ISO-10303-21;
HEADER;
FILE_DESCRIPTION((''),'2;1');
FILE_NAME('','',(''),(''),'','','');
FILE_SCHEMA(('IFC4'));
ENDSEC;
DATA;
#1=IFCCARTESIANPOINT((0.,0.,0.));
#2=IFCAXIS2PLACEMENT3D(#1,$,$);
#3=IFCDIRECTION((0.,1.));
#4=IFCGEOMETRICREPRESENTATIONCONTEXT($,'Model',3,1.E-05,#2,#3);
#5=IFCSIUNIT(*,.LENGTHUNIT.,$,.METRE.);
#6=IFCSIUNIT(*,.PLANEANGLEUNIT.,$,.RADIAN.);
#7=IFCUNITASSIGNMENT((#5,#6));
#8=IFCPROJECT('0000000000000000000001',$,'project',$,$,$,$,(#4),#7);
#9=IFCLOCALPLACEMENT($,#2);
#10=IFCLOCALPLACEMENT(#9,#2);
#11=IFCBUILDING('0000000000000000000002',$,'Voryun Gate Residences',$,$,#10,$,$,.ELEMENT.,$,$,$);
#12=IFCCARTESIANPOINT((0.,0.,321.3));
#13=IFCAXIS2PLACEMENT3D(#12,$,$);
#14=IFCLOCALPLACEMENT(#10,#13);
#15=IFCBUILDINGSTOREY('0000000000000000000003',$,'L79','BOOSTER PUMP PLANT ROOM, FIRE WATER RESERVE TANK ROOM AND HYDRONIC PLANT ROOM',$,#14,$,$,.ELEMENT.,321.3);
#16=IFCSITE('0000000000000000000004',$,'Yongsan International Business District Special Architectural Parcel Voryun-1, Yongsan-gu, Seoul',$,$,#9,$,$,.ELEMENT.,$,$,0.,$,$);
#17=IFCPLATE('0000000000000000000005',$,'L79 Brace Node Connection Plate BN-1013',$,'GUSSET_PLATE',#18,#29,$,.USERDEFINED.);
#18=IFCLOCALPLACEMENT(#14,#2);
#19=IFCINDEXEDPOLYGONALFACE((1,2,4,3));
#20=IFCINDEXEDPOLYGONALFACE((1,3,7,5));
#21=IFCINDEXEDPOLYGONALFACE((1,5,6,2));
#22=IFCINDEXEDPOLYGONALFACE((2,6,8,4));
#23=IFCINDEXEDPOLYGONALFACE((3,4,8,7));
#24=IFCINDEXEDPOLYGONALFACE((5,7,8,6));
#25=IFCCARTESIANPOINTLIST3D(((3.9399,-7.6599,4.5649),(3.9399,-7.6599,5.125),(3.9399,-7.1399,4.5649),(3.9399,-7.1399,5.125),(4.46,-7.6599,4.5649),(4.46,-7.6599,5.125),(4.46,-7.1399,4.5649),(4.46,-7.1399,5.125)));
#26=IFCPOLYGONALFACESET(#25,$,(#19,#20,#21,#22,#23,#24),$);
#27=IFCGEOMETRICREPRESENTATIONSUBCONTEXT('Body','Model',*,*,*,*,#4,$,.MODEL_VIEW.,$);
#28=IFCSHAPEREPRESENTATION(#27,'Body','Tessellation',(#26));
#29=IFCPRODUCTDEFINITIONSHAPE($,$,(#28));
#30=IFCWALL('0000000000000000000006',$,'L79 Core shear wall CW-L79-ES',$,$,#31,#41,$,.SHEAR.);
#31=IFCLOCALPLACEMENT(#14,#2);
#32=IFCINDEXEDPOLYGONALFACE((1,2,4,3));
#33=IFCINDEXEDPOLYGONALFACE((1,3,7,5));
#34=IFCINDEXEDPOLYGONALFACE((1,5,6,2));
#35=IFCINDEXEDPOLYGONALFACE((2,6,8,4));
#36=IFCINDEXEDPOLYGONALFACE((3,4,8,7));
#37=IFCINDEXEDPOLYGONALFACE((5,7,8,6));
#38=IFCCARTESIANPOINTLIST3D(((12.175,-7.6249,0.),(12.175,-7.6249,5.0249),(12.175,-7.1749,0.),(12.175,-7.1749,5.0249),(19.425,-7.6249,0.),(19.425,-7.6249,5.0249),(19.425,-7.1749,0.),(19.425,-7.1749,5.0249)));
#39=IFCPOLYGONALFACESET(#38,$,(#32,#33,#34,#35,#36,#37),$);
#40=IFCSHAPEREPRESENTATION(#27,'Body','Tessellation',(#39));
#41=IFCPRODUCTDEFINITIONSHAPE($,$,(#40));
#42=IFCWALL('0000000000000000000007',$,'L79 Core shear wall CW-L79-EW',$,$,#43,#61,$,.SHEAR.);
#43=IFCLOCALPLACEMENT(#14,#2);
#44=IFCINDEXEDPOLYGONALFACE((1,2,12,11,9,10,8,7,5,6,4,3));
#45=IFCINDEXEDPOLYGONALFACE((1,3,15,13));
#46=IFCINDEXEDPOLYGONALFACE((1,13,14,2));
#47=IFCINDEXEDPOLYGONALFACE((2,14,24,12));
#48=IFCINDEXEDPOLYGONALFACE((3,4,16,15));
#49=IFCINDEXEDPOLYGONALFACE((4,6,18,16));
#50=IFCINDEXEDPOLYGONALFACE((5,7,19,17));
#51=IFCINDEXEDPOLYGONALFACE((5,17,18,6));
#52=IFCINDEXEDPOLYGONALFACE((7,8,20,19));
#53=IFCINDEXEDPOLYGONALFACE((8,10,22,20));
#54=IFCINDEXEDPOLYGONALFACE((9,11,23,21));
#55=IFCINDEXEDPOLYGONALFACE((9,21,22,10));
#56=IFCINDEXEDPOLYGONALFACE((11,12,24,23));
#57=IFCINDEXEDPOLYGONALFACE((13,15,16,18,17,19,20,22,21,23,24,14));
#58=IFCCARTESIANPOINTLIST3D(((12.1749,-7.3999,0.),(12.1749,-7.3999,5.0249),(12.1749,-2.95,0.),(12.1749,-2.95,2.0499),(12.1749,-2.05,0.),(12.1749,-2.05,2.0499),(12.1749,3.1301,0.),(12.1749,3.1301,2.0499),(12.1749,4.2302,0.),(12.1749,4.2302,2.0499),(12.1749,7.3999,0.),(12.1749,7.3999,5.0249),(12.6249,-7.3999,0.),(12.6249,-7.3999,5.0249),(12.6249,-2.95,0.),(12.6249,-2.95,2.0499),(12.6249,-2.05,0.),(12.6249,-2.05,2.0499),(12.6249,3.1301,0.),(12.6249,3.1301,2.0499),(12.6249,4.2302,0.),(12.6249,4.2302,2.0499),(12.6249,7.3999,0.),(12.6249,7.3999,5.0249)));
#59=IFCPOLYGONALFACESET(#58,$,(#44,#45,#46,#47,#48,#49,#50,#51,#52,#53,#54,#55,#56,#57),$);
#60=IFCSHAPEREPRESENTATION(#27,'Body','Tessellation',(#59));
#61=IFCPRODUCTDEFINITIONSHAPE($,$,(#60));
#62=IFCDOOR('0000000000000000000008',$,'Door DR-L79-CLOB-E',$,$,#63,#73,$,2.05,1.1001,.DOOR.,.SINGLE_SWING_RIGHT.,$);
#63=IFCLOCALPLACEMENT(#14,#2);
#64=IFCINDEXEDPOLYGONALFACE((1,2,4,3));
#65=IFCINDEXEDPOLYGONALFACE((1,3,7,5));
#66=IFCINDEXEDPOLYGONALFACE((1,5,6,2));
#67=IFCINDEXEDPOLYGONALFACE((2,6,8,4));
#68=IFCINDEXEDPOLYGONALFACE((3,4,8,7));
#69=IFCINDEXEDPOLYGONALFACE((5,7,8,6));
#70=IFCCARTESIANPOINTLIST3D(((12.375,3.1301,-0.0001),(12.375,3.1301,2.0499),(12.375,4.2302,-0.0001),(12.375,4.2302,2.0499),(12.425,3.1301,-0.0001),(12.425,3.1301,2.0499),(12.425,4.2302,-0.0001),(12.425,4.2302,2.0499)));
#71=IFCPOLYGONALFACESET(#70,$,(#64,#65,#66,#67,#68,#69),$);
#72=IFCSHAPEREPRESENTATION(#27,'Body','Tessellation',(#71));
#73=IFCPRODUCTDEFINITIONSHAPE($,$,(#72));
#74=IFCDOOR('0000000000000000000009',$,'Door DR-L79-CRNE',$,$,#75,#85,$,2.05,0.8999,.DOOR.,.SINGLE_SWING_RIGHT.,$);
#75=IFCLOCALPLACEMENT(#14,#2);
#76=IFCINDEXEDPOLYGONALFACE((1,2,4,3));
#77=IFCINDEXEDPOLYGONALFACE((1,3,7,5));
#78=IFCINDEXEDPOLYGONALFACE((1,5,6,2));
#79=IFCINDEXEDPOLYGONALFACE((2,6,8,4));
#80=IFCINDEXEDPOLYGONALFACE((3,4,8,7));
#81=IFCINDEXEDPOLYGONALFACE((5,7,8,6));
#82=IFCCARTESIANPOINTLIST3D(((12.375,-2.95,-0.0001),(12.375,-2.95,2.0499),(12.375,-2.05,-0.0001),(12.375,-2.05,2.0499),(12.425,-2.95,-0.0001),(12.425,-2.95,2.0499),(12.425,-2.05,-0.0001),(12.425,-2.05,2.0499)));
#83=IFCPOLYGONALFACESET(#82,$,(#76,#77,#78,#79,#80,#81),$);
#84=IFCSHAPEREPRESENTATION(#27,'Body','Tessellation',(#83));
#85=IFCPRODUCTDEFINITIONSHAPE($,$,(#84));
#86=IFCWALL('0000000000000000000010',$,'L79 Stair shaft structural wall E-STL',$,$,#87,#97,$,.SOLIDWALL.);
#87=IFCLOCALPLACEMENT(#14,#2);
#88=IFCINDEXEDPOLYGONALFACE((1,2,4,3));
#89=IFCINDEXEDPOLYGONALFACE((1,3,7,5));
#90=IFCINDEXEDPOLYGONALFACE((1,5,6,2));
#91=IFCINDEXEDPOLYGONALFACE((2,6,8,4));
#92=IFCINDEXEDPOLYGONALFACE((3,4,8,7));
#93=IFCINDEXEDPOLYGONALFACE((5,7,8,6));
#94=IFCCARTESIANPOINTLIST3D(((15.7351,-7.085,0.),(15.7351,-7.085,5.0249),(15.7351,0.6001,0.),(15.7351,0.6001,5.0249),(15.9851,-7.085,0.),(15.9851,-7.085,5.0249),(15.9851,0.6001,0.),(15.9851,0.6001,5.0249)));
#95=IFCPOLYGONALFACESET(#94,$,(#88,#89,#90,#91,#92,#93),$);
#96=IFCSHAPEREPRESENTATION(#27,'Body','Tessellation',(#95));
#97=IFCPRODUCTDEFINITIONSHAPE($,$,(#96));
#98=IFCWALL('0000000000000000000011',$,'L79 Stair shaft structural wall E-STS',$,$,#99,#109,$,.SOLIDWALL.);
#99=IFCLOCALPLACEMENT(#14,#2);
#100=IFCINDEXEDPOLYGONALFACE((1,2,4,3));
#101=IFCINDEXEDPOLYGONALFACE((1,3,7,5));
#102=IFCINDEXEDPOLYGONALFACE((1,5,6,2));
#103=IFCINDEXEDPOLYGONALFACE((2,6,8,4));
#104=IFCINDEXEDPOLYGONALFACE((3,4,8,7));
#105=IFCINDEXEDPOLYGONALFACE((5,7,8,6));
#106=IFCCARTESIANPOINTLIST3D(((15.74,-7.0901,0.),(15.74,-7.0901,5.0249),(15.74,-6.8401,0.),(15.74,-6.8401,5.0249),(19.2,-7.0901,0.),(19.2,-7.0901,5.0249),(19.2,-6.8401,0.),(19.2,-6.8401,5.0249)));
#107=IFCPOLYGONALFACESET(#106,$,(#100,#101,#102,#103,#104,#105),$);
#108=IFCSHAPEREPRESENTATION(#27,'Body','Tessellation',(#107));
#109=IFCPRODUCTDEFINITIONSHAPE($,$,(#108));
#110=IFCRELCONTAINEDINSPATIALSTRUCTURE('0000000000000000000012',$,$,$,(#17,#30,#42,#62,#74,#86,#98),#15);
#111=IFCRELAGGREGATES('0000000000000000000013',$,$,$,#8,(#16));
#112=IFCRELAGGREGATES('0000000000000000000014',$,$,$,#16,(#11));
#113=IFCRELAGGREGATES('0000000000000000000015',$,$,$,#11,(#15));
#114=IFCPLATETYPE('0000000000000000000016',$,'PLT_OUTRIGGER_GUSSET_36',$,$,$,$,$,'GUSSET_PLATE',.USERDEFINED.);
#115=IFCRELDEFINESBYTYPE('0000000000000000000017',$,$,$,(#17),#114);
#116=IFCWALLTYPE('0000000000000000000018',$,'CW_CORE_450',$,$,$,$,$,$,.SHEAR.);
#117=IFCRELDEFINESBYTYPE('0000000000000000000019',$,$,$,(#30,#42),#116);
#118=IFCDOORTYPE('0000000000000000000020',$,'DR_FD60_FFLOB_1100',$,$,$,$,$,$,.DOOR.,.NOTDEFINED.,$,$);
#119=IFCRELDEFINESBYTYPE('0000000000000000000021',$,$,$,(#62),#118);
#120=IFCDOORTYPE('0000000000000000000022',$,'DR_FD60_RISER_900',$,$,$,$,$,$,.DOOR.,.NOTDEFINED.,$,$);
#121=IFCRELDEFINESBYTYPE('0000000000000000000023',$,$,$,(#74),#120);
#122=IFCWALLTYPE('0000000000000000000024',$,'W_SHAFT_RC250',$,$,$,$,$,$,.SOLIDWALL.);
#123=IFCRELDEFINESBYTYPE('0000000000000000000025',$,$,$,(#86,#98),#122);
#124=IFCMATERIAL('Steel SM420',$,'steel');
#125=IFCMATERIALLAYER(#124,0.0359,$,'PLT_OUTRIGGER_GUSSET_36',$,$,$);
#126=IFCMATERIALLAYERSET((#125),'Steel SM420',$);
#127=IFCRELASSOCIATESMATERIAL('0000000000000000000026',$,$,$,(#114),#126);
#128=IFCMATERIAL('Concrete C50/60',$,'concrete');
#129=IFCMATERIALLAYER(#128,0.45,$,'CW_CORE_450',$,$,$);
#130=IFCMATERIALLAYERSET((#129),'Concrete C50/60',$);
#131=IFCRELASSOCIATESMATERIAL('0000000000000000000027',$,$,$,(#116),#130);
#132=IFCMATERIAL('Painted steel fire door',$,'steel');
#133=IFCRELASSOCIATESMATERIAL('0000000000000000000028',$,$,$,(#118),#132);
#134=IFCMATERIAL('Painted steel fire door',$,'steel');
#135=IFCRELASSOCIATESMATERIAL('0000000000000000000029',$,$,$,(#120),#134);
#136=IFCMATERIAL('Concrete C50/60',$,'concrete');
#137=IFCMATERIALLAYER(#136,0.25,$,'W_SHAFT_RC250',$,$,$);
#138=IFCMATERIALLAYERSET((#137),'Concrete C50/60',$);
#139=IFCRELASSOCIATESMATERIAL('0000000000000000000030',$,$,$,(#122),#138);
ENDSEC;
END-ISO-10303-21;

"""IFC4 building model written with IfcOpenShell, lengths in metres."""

from ifc_helpers import new_model, si_unit, direction, frame, frame_2d, origin, origin_2d, place, context, subcontext, project, spatial, rectangle, extrude, material, layer, layer_set, type_object, element, fill, save


model = new_model("IFC4")

# Units and contexts
model_context = context("Model", 3, precision=1e-05, world=origin(), true_north=direction((0.0, 1.0)))
body_context = subcontext(model_context, "Body", "Model", "MODEL_VIEW")
ifc_project = project(units=[si_unit("LENGTHUNIT", "METRE"), si_unit("PLANEANGLEUNIT", "RADIAN")], contexts=[model_context])

# Site, building, storey
site_placement = place(None, origin())
site = spatial("IfcSite", under=ifc_project, at=site_placement, Name="Yongsan International Business District Special Architectural Parcel Voryun-1, Yongsan-gu, Seoul", CompositionType="ELEMENT", RefElevation=0.0)
building_placement = place(site_placement, origin())
building = spatial("IfcBuilding", under=site, at=building_placement, Name="Voryun Gate Residences", CompositionType="ELEMENT")
storey_placement = place(building_placement, frame((0.0, 0.0, 321.3)))
storey = spatial("IfcBuildingStorey", under=building, at=storey_placement, Name="L79", Description="BOOSTER PUMP PLANT ROOM, FIRE WATER RESERVE TANK ROOM AND HYDRONIC PLANT ROOM", CompositionType="ELEMENT", Elevation=321.3)

# Plate
ifc_material_1 = material(Name="Steel SM420", Category="steel")
ifc_layer_1 = layer(ifc_material_1, 0.0359, Name="PLT_OUTRIGGER_GUSSET_36")
ifc_layer_set_1 = layer_set([ifc_layer_1], Name="Steel SM420")
plate_type_1 = type_object("IfcPlateType", Name="PLT_OUTRIGGER_GUSSET_36", ElementType="GUSSET_PLATE", PredefinedType="USERDEFINED", material=ifc_layer_set_1)
plate_1_placement = place(storey_placement, frame((4.2, -7.3999, 4.5649), z_axis=(0.0, 0.0, 1.0), x_axis=(1.0, 0.0, 0.0)))
element("IfcPlate", 1, at=plate_1_placement, inside=storey, type_object=plate_type_1, Name="L79 Brace Node Connection Plate BN-1013", ObjectType="GUSSET_PLATE", PredefinedType="USERDEFINED", context=body_context, shape_type="SweptSolid", body=[
    extrude(rectangle(XDim=0.52, YDim=0.52, at=origin_2d()), origin(), (0.0, 0.0, 1.0), 0.5601),
])

# Wall
ifc_material_2 = material(Name="Concrete C50/60", Category="concrete")
ifc_layer_2 = layer(ifc_material_2, 0.45, Name="CW_CORE_450")
ifc_layer_set_2 = layer_set([ifc_layer_2], Name="Concrete C50/60")
wall_type_1 = type_object("IfcWallType", Name="CW_CORE_450", PredefinedType="SHEAR", material=ifc_layer_set_2)
wall_1_placement = place(storey_placement, frame((12.175, -7.3999, 0.0), z_axis=(0.0, 0.0, 1.0), x_axis=(1.0, 0.0, 0.0)))
element("IfcWall", 2, at=wall_1_placement, inside=storey, type_object=wall_type_1, Name="L79 Core shear wall CW-L79-ES", PredefinedType="SHEAR", context=body_context, shape_type="SweptSolid", body=[
    extrude(rectangle(XDim=7.25, YDim=0.45, at=frame_2d((3.625, 0.0))), origin(), (0.0, 0.0, 1.0), 5.0249),
])

# Wall, openings, doors
wall_2_placement = place(storey_placement, frame((12.3999, -7.3999, 0.0), z_axis=(0.0, 0.0, 1.0), x_axis=(0.0, 1.0, 0.0)))
wall_2 = element("IfcWall", 3, at=wall_2_placement, inside=storey, type_object=wall_type_1, Name="L79 Core shear wall CW-L79-EW", PredefinedType="SHEAR", context=body_context, shape_type="SweptSolid", body=[
    extrude(rectangle(XDim=14.7998, YDim=0.45, at=frame_2d((7.3999, 0.0))), origin(), (0.0, 0.0, 1.0), 5.0249),
])
opening_1_placement = place(wall_2_placement, frame((10.53, 0.0, 0.0)))
opening_1 = element("IfcOpeningElement", 4, at=opening_1_placement, cuts=wall_2, PredefinedType="OPENING", context=body_context, shape_type="SweptSolid", body=[
    extrude(rectangle(XDim=1.1001, YDim=2.05, at=frame_2d((0.55, 1.0249))), frame((0.0, 0.2351, 0.0), z_axis=(0.0, -1.0, 0.0), x_axis=(1.0, 0.0, 0.0)), (0.0, 0.0, 1.0), 0.47),
])
opening_2_placement = place(wall_2_placement, frame((4.45, 0.0, 0.0)))
opening_2 = element("IfcOpeningElement", 5, at=opening_2_placement, cuts=wall_2, PredefinedType="OPENING", context=body_context, shape_type="SweptSolid", body=[
    extrude(rectangle(XDim=0.8999, YDim=2.05, at=frame_2d((0.45, 1.0249))), frame((0.0, 0.2351, 0.0), z_axis=(0.0, -1.0, 0.0), x_axis=(1.0, 0.0, 0.0)), (0.0, 0.0, 1.0), 0.47),
])
ifc_material_3 = material(Name="Painted steel fire door", Category="steel")
door_type_1 = type_object("IfcDoorType", Name="DR_FD60_FFLOB_1100", OperationType="NOTDEFINED", PredefinedType="DOOR", material=ifc_material_3)
door_1_placement = place(opening_1_placement, origin())
door_1 = element("IfcDoor", 6, at=door_1_placement, inside=storey, type_object=door_type_1, Name="Door DR-L79-CLOB-E", OperationType="SINGLE_SWING_RIGHT", OverallHeight=2.05, OverallWidth=1.1001, PredefinedType="DOOR", context=body_context, shape_type="SweptSolid", body=[
    extrude(rectangle(XDim=1.1001, YDim=2.05, at=frame_2d((0.55, 1.0249))), frame((0.0, 0.0249, 0.0), z_axis=(0.0, -1.0, 0.0), x_axis=(1.0, 0.0, 0.0)), (0.0, 0.0, 1.0), 0.05),
])
fill(opening_1, door_1)
ifc_material_4 = material(Name="Painted steel fire door", Category="steel")
door_type_2 = type_object("IfcDoorType", Name="DR_FD60_RISER_900", OperationType="NOTDEFINED", PredefinedType="DOOR", material=ifc_material_4)
door_2_placement = place(opening_2_placement, origin())
door_2 = element("IfcDoor", 7, at=door_2_placement, inside=storey, type_object=door_type_2, Name="Door DR-L79-CRNE", OperationType="SINGLE_SWING_RIGHT", OverallHeight=2.05, OverallWidth=0.8999, PredefinedType="DOOR", context=body_context, shape_type="SweptSolid", body=[
    extrude(rectangle(XDim=0.8999, YDim=2.05, at=frame_2d((0.45, 1.0249))), frame((0.0, 0.0249, 0.0), z_axis=(0.0, -1.0, 0.0), x_axis=(1.0, 0.0, 0.0)), (0.0, 0.0, 1.0), 0.05),
])
fill(opening_2, door_2)

# Walls
ifc_material_5 = material(Name="Concrete C50/60", Category="concrete")
ifc_layer_3 = layer(ifc_material_5, 0.25, Name="W_SHAFT_RC250")
ifc_layer_set_3 = layer_set([ifc_layer_3], Name="Concrete C50/60")
wall_type_2 = type_object("IfcWallType", Name="W_SHAFT_RC250", PredefinedType="SOLIDWALL", material=ifc_layer_set_3)
wall_3_placement = place(storey_placement, frame((15.8601, -7.085, 0.0), z_axis=(0.0, 0.0, 1.0), x_axis=(0.0, 1.0, 0.0)))
element("IfcWall", 8, at=wall_3_placement, inside=storey, type_object=wall_type_2, Name="L79 Stair shaft structural wall E-STL", PredefinedType="SOLIDWALL", context=body_context, shape_type="SweptSolid", body=[
    extrude(rectangle(XDim=7.6851, YDim=0.25, at=frame_2d((3.8425, 0.0))), origin(), (0.0, 0.0, 1.0), 5.0249),
])
wall_4_placement = place(storey_placement, frame((15.74, -6.9651, 0.0), z_axis=(0.0, 0.0, 1.0), x_axis=(1.0, 0.0, 0.0)))
element("IfcWall", 9, at=wall_4_placement, inside=storey, type_object=wall_type_2, Name="L79 Stair shaft structural wall E-STS", PredefinedType="SOLIDWALL", context=body_context, shape_type="SweptSolid", body=[
    extrude(rectangle(XDim=3.46, YDim=0.25, at=frame_2d((1.73, 0.0))), origin(), (0.0, 0.0, 1.0), 5.0249),
])

save(model, "model.ifc")
